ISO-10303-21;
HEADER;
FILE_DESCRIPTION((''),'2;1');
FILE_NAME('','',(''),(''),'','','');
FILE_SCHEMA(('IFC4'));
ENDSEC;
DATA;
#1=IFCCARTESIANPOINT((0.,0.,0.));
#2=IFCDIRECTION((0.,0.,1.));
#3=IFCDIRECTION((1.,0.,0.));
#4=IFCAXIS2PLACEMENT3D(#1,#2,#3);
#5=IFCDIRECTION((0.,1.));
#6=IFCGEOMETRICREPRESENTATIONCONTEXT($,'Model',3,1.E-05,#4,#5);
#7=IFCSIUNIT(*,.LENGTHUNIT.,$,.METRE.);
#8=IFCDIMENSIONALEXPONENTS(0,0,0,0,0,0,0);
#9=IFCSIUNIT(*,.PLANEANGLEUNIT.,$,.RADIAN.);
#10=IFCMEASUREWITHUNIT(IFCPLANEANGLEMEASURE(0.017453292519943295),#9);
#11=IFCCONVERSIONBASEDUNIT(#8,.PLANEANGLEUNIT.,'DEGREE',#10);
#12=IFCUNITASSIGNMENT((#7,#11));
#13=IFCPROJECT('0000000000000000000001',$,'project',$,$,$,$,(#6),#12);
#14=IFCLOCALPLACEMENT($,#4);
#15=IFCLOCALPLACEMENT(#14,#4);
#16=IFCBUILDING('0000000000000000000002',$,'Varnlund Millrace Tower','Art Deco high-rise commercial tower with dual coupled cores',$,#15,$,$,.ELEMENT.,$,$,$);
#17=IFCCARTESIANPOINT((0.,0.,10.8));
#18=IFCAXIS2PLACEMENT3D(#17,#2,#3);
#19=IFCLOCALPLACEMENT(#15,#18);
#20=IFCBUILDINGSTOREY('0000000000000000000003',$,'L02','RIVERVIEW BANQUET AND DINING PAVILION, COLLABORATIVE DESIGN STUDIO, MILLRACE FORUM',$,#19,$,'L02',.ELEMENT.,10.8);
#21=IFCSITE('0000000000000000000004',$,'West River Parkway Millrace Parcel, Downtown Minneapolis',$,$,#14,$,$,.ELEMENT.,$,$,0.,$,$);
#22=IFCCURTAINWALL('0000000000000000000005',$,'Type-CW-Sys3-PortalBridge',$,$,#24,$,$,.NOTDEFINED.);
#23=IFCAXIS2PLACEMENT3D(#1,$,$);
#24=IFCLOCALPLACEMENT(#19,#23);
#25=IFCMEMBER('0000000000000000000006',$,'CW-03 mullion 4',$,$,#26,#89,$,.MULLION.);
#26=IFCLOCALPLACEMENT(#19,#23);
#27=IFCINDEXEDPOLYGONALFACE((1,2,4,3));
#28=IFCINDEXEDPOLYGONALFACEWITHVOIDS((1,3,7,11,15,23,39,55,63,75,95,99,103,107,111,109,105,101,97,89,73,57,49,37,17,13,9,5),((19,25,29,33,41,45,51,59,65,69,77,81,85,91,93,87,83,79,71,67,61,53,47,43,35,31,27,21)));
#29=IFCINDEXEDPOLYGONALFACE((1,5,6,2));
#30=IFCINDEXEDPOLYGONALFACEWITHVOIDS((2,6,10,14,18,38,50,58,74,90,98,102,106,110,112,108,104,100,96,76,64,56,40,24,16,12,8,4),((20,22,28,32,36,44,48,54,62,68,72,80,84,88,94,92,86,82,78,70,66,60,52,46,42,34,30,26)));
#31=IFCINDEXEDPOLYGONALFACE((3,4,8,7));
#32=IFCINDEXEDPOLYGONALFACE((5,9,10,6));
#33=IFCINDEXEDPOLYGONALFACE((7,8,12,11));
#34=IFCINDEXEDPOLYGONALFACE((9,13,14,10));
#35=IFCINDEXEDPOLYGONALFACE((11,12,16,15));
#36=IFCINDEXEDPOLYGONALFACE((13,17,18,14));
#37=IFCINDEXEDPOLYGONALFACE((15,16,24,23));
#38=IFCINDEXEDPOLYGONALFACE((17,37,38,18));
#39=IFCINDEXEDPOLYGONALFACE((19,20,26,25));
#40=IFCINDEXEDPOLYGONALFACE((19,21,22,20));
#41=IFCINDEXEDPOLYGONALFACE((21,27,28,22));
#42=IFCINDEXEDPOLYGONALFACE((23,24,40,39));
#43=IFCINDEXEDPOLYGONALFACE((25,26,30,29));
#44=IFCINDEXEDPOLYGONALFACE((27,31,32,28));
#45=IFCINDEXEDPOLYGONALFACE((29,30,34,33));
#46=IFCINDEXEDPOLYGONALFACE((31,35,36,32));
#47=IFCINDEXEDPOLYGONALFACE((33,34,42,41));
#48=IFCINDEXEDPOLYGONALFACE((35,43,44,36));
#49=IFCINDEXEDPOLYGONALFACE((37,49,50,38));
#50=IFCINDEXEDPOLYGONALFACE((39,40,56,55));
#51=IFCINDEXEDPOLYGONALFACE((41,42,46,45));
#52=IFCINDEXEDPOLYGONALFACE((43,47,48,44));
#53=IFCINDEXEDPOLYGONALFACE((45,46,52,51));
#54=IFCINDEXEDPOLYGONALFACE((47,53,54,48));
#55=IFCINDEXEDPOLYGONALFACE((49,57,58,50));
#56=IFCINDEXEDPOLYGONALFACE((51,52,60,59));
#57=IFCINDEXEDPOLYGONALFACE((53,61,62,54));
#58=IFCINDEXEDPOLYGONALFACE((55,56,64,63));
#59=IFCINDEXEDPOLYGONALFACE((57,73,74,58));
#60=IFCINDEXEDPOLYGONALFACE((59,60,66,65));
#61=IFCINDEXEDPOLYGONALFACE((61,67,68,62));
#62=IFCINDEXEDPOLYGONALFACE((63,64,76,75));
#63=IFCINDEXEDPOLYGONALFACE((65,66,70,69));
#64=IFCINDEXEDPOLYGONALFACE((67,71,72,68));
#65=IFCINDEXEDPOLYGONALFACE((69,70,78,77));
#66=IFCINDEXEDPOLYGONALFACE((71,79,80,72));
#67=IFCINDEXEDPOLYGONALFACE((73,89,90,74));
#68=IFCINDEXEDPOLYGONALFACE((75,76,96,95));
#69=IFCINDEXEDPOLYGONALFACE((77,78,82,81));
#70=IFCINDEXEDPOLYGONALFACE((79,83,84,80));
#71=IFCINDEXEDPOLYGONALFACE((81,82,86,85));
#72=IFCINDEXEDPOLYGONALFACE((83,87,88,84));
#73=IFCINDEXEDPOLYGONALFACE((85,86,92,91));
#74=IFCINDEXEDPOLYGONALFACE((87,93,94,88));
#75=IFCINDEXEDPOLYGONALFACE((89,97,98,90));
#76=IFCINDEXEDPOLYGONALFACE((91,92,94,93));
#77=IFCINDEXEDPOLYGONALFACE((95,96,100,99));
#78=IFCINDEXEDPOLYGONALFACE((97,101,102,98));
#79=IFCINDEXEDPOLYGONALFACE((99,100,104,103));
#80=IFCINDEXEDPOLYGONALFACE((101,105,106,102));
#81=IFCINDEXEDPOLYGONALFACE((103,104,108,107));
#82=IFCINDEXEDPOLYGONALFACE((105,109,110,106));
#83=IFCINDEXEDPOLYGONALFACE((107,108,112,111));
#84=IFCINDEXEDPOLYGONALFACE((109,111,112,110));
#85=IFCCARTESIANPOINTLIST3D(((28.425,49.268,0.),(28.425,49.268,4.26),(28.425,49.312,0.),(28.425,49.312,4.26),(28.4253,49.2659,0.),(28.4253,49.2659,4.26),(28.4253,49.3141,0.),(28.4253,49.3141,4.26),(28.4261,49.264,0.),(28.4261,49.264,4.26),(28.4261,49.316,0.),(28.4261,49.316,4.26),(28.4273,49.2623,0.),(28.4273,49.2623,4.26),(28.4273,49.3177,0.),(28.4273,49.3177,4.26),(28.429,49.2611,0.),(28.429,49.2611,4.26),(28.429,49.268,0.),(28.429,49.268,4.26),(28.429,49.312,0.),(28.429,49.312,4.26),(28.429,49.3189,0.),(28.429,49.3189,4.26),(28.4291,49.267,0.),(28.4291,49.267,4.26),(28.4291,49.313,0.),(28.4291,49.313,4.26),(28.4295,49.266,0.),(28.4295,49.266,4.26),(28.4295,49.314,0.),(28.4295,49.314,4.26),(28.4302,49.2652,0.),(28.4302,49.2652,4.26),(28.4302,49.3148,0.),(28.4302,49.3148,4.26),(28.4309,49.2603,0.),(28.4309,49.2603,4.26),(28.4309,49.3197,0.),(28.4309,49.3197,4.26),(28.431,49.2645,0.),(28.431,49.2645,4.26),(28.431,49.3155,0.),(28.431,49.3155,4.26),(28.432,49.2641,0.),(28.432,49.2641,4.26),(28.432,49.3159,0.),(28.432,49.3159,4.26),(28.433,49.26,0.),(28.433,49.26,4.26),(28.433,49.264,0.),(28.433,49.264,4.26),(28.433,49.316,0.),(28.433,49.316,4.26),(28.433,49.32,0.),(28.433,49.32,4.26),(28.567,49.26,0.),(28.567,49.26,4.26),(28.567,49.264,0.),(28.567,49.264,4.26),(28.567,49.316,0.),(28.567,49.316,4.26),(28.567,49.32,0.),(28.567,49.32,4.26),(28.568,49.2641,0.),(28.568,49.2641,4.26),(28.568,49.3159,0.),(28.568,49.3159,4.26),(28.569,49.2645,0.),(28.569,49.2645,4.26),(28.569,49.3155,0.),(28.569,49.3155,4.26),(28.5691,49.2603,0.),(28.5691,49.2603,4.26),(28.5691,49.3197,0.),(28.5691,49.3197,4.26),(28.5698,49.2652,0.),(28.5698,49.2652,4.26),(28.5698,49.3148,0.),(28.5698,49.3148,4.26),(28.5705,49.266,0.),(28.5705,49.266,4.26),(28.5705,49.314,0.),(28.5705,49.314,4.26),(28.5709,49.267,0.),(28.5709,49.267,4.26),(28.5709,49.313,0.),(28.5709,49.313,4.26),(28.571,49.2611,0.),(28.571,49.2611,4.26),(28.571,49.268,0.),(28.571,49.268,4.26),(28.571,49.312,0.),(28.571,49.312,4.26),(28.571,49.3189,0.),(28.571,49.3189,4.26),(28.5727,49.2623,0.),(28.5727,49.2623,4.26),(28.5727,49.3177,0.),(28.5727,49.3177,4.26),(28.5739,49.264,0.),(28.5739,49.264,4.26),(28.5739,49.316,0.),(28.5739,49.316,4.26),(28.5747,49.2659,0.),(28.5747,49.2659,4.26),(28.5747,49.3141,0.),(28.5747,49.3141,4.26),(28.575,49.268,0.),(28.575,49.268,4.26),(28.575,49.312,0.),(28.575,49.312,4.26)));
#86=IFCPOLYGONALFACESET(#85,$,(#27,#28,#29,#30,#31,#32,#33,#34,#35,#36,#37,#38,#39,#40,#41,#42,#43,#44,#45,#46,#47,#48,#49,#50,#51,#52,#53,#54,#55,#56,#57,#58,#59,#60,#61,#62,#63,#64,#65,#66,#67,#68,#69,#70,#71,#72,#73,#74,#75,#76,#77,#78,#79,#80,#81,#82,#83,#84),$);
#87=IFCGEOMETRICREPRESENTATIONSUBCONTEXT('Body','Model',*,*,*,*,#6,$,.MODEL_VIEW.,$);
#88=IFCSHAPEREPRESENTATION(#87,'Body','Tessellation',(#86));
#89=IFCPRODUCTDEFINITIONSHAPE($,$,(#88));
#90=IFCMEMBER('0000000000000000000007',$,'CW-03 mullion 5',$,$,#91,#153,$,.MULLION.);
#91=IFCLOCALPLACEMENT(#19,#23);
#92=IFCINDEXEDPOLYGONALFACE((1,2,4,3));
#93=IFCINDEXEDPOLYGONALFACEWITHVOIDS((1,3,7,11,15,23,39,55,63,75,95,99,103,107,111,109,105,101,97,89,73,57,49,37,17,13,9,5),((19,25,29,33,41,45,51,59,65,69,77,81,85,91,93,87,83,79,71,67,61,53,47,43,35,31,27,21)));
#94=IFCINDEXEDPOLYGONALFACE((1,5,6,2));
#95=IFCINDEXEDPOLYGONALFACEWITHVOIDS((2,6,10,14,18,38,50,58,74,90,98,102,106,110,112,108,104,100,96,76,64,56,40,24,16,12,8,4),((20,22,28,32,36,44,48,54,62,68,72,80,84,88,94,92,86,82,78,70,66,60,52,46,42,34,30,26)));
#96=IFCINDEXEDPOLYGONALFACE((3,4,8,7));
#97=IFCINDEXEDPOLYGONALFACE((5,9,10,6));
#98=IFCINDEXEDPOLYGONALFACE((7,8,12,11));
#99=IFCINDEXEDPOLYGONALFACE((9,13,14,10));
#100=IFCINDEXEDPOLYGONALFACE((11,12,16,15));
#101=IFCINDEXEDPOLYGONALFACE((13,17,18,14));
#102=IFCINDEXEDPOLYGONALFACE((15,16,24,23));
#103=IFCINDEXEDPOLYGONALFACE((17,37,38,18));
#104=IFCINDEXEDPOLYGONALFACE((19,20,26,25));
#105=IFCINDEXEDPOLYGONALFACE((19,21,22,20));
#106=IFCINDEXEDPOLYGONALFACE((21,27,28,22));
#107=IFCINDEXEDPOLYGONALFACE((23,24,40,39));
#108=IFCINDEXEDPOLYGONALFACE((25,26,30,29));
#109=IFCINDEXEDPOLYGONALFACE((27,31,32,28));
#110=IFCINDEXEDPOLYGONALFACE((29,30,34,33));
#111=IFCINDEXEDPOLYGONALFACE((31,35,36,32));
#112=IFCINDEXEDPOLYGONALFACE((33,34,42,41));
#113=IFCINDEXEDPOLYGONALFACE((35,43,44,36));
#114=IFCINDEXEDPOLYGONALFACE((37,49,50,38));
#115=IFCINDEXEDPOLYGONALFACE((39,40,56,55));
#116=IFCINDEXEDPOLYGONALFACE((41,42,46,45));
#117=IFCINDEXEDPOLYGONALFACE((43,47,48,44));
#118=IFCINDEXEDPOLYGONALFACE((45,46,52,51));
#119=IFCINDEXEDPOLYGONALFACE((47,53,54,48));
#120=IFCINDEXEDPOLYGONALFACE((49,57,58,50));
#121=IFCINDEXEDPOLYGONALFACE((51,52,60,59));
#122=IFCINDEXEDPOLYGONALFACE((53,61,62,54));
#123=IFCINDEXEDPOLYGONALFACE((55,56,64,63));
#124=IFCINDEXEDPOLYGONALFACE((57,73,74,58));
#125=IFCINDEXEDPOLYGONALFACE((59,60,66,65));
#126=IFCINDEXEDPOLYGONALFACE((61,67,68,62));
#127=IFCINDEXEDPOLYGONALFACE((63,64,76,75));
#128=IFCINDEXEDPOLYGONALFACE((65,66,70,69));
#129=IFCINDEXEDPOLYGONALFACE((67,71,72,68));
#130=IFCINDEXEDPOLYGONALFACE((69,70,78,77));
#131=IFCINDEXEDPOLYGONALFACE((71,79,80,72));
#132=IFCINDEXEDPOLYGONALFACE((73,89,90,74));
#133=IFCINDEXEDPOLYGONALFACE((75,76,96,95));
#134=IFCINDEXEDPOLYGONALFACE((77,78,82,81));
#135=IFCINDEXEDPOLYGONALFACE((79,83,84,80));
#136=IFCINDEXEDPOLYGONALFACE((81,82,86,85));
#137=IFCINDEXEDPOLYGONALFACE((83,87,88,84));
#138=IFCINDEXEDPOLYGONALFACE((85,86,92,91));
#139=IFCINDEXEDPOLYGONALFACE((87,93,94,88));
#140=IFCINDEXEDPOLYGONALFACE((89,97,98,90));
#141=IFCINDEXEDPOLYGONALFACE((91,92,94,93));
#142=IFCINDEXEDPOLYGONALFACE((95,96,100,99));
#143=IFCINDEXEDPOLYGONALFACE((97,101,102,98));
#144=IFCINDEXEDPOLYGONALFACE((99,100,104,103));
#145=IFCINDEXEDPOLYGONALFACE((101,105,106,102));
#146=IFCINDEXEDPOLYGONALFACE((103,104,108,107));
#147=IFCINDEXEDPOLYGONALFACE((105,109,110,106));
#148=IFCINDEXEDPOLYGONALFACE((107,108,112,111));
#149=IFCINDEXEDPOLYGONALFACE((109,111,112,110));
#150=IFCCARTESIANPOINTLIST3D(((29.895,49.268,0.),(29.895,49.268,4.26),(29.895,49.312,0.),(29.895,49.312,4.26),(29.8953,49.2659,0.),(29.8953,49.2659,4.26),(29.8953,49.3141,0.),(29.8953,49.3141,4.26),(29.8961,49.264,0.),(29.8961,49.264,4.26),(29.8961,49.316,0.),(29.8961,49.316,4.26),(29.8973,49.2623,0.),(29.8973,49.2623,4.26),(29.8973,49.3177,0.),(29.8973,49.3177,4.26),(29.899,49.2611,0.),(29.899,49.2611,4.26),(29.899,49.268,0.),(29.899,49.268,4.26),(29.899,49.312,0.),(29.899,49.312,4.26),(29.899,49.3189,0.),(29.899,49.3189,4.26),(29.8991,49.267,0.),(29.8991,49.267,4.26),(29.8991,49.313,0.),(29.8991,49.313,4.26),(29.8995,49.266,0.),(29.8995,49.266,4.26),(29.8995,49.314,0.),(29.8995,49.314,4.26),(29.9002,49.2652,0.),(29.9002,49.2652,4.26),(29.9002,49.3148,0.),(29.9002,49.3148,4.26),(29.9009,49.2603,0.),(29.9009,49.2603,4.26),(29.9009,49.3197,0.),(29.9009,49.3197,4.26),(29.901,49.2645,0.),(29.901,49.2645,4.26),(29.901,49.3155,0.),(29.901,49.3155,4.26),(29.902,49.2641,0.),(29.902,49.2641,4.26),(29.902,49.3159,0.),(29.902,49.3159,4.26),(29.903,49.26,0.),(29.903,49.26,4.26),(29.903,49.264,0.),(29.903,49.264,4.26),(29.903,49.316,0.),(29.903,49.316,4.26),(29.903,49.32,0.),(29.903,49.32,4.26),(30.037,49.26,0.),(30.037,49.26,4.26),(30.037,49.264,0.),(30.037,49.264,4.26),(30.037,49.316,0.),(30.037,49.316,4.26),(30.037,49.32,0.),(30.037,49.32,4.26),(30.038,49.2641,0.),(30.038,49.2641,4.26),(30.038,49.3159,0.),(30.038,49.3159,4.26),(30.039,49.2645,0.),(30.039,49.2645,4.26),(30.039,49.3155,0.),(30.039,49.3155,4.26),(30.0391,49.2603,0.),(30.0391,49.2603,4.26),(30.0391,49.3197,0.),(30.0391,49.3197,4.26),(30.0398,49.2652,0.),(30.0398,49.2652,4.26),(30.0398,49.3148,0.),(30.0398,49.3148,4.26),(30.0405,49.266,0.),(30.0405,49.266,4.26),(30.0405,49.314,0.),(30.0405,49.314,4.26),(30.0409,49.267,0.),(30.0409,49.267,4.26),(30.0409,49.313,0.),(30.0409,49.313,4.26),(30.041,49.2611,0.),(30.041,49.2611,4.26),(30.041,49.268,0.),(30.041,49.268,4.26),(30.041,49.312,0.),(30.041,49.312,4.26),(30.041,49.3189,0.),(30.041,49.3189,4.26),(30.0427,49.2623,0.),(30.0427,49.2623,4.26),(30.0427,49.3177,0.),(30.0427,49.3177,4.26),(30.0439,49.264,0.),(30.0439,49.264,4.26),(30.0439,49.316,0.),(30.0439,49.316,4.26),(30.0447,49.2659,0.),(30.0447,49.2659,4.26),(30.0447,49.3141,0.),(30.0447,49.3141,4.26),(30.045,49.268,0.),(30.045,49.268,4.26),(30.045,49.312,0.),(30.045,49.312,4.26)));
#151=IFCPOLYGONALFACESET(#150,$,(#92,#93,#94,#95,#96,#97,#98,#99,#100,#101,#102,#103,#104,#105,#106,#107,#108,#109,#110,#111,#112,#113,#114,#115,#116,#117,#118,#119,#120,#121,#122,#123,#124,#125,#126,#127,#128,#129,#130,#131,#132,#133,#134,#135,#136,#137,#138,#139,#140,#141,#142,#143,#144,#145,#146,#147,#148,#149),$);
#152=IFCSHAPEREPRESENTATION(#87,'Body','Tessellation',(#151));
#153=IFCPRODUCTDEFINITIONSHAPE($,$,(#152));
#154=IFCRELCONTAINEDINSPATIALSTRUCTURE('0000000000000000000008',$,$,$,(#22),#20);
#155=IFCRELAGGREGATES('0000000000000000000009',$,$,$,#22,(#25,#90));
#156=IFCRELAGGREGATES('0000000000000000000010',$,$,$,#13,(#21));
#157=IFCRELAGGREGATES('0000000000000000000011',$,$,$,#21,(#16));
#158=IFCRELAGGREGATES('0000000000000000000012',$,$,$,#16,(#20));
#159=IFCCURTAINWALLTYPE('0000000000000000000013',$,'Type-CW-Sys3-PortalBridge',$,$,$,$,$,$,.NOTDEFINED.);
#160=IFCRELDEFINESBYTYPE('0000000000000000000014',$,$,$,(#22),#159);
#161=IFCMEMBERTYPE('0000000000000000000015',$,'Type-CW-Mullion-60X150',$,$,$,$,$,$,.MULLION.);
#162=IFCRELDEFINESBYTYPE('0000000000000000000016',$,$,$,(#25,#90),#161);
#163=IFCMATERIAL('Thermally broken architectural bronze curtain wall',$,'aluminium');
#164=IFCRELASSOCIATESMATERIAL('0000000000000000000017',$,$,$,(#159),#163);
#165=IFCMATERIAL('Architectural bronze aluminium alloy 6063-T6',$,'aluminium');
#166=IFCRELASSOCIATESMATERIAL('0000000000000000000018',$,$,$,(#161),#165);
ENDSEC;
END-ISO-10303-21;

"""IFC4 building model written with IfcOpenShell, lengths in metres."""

from ifc_helpers import new_model, entity, si_unit, converted_unit, direction, frame, origin_with_axes, origin_2d_with_axis, place, context, subcontext, project, spatial, hollow_rectangle, extrude, material, material_profile, profile_set, type_object, element, aggregate, save


model = new_model("IFC4")

# Units and contexts
model_context = context("Model", 3, precision=1e-05, world=origin_with_axes(), true_north=direction((0.0, 1.0)))
body_context = subcontext(model_context, "Body", "Model", "MODEL_VIEW")
ifc_project = project(units=[si_unit("LENGTHUNIT", "METRE"), converted_unit("PLANEANGLEUNIT", "DEGREE", entity("IfcPlaneAngleMeasure", 0.017453292519943295), si_unit("PLANEANGLEUNIT", "RADIAN"), dimensions=[0, 0, 0, 0, 0, 0, 0])], contexts=[model_context])

# Site, building, storey
site_placement = place(None, origin_with_axes())
site = spatial("IfcSite", under=ifc_project, at=site_placement, Name="West River Parkway Millrace Parcel, Downtown Minneapolis", CompositionType="ELEMENT", RefElevation=0.0)
building_placement = place(site_placement, origin_with_axes())
building = spatial("IfcBuilding", under=site, at=building_placement, Name="Varnlund Millrace Tower", Description="Art Deco high-rise commercial tower with dual coupled cores", CompositionType="ELEMENT")
storey_placement = place(building_placement, frame((0.0, 0.0, 10.8), z_axis=(0.0, 0.0, 1.0), x_axis=(1.0, 0.0, 0.0)))
storey = spatial("IfcBuildingStorey", under=building, at=storey_placement, Name="L02", Description="RIVERVIEW BANQUET AND DINING PAVILION, COLLABORATIVE DESIGN STUDIO, MILLRACE FORUM", LongName="L02", CompositionType="ELEMENT", Elevation=10.8)

# Curtain wall, members
ifc_material_1 = material(Name="Thermally broken architectural bronze curtain wall", Category="aluminium")
curtain_wall_type = type_object("IfcCurtainWallType", Name="Type-CW-Sys3-PortalBridge", PredefinedType="NOTDEFINED", material=ifc_material_1)
curtain_wall_placement = place(storey_placement, frame((24.0, 49.29, 0.0), z_axis=(0.0, 0.0, 1.0), x_axis=(1.0, 0.0, 0.0)))
curtain_wall = element("IfcCurtainWall", 1, at=curtain_wall_placement, inside=storey, type_object=curtain_wall_type, Name="Type-CW-Sys3-PortalBridge", PredefinedType="NOTDEFINED")
ifc_material_2 = material(Name="Architectural bronze aluminium alloy 6063-T6", Category="aluminium")
ifc_material_profile_1 = material_profile(ifc_material_2, hollow_rectangle(XDim=0.06, YDim=0.15, WallThickness=0.004, InnerFilletRadius=0.004, OuterFilletRadius=0.008, at=origin_2d_with_axis()), Name="Architectural bronze aluminium alloy 6063-T6")
ifc_profile_set_1 = profile_set([ifc_material_profile_1], Name="Architectural bronze aluminium alloy 6063-T6")
member_type_1 = type_object("IfcMemberType", Name="Type-CW-Mullion-60X150", PredefinedType="MULLION", material=ifc_profile_set_1)
member_1_placement = place(storey_placement, frame((28.5, 49.29, 0.0), z_axis=(0.0, 0.0, 1.0), x_axis=(0.0, 1.0, 0.0)))
member_1 = element("IfcMember", 2, at=member_1_placement, type_object=member_type_1, Name="CW-03 mullion 4", PredefinedType="MULLION", context=body_context, shape_type="SweptSolid", body=[
    extrude(hollow_rectangle(XDim=0.06, YDim=0.15, WallThickness=0.004, InnerFilletRadius=0.004, OuterFilletRadius=0.008, at=origin_2d_with_axis()), origin_with_axes(), (0.0, 0.0, 1.0), 4.26),
])
member_2_placement = place(storey_placement, frame((29.97, 49.29, 0.0), z_axis=(0.0, 0.0, 1.0), x_axis=(0.0, 1.0, 0.0)))
member_2 = element("IfcMember", 3, at=member_2_placement, type_object=member_type_1, Name="CW-03 mullion 5", PredefinedType="MULLION", context=body_context, shape_type="SweptSolid", body=[
    extrude(hollow_rectangle(XDim=0.06, YDim=0.15, WallThickness=0.004, InnerFilletRadius=0.004, OuterFilletRadius=0.008, at=origin_2d_with_axis()), origin_with_axes(), (0.0, 0.0, 1.0), 4.26),
])
aggregate(curtain_wall, [member_1, member_2])

save(model, "model.ifc")
